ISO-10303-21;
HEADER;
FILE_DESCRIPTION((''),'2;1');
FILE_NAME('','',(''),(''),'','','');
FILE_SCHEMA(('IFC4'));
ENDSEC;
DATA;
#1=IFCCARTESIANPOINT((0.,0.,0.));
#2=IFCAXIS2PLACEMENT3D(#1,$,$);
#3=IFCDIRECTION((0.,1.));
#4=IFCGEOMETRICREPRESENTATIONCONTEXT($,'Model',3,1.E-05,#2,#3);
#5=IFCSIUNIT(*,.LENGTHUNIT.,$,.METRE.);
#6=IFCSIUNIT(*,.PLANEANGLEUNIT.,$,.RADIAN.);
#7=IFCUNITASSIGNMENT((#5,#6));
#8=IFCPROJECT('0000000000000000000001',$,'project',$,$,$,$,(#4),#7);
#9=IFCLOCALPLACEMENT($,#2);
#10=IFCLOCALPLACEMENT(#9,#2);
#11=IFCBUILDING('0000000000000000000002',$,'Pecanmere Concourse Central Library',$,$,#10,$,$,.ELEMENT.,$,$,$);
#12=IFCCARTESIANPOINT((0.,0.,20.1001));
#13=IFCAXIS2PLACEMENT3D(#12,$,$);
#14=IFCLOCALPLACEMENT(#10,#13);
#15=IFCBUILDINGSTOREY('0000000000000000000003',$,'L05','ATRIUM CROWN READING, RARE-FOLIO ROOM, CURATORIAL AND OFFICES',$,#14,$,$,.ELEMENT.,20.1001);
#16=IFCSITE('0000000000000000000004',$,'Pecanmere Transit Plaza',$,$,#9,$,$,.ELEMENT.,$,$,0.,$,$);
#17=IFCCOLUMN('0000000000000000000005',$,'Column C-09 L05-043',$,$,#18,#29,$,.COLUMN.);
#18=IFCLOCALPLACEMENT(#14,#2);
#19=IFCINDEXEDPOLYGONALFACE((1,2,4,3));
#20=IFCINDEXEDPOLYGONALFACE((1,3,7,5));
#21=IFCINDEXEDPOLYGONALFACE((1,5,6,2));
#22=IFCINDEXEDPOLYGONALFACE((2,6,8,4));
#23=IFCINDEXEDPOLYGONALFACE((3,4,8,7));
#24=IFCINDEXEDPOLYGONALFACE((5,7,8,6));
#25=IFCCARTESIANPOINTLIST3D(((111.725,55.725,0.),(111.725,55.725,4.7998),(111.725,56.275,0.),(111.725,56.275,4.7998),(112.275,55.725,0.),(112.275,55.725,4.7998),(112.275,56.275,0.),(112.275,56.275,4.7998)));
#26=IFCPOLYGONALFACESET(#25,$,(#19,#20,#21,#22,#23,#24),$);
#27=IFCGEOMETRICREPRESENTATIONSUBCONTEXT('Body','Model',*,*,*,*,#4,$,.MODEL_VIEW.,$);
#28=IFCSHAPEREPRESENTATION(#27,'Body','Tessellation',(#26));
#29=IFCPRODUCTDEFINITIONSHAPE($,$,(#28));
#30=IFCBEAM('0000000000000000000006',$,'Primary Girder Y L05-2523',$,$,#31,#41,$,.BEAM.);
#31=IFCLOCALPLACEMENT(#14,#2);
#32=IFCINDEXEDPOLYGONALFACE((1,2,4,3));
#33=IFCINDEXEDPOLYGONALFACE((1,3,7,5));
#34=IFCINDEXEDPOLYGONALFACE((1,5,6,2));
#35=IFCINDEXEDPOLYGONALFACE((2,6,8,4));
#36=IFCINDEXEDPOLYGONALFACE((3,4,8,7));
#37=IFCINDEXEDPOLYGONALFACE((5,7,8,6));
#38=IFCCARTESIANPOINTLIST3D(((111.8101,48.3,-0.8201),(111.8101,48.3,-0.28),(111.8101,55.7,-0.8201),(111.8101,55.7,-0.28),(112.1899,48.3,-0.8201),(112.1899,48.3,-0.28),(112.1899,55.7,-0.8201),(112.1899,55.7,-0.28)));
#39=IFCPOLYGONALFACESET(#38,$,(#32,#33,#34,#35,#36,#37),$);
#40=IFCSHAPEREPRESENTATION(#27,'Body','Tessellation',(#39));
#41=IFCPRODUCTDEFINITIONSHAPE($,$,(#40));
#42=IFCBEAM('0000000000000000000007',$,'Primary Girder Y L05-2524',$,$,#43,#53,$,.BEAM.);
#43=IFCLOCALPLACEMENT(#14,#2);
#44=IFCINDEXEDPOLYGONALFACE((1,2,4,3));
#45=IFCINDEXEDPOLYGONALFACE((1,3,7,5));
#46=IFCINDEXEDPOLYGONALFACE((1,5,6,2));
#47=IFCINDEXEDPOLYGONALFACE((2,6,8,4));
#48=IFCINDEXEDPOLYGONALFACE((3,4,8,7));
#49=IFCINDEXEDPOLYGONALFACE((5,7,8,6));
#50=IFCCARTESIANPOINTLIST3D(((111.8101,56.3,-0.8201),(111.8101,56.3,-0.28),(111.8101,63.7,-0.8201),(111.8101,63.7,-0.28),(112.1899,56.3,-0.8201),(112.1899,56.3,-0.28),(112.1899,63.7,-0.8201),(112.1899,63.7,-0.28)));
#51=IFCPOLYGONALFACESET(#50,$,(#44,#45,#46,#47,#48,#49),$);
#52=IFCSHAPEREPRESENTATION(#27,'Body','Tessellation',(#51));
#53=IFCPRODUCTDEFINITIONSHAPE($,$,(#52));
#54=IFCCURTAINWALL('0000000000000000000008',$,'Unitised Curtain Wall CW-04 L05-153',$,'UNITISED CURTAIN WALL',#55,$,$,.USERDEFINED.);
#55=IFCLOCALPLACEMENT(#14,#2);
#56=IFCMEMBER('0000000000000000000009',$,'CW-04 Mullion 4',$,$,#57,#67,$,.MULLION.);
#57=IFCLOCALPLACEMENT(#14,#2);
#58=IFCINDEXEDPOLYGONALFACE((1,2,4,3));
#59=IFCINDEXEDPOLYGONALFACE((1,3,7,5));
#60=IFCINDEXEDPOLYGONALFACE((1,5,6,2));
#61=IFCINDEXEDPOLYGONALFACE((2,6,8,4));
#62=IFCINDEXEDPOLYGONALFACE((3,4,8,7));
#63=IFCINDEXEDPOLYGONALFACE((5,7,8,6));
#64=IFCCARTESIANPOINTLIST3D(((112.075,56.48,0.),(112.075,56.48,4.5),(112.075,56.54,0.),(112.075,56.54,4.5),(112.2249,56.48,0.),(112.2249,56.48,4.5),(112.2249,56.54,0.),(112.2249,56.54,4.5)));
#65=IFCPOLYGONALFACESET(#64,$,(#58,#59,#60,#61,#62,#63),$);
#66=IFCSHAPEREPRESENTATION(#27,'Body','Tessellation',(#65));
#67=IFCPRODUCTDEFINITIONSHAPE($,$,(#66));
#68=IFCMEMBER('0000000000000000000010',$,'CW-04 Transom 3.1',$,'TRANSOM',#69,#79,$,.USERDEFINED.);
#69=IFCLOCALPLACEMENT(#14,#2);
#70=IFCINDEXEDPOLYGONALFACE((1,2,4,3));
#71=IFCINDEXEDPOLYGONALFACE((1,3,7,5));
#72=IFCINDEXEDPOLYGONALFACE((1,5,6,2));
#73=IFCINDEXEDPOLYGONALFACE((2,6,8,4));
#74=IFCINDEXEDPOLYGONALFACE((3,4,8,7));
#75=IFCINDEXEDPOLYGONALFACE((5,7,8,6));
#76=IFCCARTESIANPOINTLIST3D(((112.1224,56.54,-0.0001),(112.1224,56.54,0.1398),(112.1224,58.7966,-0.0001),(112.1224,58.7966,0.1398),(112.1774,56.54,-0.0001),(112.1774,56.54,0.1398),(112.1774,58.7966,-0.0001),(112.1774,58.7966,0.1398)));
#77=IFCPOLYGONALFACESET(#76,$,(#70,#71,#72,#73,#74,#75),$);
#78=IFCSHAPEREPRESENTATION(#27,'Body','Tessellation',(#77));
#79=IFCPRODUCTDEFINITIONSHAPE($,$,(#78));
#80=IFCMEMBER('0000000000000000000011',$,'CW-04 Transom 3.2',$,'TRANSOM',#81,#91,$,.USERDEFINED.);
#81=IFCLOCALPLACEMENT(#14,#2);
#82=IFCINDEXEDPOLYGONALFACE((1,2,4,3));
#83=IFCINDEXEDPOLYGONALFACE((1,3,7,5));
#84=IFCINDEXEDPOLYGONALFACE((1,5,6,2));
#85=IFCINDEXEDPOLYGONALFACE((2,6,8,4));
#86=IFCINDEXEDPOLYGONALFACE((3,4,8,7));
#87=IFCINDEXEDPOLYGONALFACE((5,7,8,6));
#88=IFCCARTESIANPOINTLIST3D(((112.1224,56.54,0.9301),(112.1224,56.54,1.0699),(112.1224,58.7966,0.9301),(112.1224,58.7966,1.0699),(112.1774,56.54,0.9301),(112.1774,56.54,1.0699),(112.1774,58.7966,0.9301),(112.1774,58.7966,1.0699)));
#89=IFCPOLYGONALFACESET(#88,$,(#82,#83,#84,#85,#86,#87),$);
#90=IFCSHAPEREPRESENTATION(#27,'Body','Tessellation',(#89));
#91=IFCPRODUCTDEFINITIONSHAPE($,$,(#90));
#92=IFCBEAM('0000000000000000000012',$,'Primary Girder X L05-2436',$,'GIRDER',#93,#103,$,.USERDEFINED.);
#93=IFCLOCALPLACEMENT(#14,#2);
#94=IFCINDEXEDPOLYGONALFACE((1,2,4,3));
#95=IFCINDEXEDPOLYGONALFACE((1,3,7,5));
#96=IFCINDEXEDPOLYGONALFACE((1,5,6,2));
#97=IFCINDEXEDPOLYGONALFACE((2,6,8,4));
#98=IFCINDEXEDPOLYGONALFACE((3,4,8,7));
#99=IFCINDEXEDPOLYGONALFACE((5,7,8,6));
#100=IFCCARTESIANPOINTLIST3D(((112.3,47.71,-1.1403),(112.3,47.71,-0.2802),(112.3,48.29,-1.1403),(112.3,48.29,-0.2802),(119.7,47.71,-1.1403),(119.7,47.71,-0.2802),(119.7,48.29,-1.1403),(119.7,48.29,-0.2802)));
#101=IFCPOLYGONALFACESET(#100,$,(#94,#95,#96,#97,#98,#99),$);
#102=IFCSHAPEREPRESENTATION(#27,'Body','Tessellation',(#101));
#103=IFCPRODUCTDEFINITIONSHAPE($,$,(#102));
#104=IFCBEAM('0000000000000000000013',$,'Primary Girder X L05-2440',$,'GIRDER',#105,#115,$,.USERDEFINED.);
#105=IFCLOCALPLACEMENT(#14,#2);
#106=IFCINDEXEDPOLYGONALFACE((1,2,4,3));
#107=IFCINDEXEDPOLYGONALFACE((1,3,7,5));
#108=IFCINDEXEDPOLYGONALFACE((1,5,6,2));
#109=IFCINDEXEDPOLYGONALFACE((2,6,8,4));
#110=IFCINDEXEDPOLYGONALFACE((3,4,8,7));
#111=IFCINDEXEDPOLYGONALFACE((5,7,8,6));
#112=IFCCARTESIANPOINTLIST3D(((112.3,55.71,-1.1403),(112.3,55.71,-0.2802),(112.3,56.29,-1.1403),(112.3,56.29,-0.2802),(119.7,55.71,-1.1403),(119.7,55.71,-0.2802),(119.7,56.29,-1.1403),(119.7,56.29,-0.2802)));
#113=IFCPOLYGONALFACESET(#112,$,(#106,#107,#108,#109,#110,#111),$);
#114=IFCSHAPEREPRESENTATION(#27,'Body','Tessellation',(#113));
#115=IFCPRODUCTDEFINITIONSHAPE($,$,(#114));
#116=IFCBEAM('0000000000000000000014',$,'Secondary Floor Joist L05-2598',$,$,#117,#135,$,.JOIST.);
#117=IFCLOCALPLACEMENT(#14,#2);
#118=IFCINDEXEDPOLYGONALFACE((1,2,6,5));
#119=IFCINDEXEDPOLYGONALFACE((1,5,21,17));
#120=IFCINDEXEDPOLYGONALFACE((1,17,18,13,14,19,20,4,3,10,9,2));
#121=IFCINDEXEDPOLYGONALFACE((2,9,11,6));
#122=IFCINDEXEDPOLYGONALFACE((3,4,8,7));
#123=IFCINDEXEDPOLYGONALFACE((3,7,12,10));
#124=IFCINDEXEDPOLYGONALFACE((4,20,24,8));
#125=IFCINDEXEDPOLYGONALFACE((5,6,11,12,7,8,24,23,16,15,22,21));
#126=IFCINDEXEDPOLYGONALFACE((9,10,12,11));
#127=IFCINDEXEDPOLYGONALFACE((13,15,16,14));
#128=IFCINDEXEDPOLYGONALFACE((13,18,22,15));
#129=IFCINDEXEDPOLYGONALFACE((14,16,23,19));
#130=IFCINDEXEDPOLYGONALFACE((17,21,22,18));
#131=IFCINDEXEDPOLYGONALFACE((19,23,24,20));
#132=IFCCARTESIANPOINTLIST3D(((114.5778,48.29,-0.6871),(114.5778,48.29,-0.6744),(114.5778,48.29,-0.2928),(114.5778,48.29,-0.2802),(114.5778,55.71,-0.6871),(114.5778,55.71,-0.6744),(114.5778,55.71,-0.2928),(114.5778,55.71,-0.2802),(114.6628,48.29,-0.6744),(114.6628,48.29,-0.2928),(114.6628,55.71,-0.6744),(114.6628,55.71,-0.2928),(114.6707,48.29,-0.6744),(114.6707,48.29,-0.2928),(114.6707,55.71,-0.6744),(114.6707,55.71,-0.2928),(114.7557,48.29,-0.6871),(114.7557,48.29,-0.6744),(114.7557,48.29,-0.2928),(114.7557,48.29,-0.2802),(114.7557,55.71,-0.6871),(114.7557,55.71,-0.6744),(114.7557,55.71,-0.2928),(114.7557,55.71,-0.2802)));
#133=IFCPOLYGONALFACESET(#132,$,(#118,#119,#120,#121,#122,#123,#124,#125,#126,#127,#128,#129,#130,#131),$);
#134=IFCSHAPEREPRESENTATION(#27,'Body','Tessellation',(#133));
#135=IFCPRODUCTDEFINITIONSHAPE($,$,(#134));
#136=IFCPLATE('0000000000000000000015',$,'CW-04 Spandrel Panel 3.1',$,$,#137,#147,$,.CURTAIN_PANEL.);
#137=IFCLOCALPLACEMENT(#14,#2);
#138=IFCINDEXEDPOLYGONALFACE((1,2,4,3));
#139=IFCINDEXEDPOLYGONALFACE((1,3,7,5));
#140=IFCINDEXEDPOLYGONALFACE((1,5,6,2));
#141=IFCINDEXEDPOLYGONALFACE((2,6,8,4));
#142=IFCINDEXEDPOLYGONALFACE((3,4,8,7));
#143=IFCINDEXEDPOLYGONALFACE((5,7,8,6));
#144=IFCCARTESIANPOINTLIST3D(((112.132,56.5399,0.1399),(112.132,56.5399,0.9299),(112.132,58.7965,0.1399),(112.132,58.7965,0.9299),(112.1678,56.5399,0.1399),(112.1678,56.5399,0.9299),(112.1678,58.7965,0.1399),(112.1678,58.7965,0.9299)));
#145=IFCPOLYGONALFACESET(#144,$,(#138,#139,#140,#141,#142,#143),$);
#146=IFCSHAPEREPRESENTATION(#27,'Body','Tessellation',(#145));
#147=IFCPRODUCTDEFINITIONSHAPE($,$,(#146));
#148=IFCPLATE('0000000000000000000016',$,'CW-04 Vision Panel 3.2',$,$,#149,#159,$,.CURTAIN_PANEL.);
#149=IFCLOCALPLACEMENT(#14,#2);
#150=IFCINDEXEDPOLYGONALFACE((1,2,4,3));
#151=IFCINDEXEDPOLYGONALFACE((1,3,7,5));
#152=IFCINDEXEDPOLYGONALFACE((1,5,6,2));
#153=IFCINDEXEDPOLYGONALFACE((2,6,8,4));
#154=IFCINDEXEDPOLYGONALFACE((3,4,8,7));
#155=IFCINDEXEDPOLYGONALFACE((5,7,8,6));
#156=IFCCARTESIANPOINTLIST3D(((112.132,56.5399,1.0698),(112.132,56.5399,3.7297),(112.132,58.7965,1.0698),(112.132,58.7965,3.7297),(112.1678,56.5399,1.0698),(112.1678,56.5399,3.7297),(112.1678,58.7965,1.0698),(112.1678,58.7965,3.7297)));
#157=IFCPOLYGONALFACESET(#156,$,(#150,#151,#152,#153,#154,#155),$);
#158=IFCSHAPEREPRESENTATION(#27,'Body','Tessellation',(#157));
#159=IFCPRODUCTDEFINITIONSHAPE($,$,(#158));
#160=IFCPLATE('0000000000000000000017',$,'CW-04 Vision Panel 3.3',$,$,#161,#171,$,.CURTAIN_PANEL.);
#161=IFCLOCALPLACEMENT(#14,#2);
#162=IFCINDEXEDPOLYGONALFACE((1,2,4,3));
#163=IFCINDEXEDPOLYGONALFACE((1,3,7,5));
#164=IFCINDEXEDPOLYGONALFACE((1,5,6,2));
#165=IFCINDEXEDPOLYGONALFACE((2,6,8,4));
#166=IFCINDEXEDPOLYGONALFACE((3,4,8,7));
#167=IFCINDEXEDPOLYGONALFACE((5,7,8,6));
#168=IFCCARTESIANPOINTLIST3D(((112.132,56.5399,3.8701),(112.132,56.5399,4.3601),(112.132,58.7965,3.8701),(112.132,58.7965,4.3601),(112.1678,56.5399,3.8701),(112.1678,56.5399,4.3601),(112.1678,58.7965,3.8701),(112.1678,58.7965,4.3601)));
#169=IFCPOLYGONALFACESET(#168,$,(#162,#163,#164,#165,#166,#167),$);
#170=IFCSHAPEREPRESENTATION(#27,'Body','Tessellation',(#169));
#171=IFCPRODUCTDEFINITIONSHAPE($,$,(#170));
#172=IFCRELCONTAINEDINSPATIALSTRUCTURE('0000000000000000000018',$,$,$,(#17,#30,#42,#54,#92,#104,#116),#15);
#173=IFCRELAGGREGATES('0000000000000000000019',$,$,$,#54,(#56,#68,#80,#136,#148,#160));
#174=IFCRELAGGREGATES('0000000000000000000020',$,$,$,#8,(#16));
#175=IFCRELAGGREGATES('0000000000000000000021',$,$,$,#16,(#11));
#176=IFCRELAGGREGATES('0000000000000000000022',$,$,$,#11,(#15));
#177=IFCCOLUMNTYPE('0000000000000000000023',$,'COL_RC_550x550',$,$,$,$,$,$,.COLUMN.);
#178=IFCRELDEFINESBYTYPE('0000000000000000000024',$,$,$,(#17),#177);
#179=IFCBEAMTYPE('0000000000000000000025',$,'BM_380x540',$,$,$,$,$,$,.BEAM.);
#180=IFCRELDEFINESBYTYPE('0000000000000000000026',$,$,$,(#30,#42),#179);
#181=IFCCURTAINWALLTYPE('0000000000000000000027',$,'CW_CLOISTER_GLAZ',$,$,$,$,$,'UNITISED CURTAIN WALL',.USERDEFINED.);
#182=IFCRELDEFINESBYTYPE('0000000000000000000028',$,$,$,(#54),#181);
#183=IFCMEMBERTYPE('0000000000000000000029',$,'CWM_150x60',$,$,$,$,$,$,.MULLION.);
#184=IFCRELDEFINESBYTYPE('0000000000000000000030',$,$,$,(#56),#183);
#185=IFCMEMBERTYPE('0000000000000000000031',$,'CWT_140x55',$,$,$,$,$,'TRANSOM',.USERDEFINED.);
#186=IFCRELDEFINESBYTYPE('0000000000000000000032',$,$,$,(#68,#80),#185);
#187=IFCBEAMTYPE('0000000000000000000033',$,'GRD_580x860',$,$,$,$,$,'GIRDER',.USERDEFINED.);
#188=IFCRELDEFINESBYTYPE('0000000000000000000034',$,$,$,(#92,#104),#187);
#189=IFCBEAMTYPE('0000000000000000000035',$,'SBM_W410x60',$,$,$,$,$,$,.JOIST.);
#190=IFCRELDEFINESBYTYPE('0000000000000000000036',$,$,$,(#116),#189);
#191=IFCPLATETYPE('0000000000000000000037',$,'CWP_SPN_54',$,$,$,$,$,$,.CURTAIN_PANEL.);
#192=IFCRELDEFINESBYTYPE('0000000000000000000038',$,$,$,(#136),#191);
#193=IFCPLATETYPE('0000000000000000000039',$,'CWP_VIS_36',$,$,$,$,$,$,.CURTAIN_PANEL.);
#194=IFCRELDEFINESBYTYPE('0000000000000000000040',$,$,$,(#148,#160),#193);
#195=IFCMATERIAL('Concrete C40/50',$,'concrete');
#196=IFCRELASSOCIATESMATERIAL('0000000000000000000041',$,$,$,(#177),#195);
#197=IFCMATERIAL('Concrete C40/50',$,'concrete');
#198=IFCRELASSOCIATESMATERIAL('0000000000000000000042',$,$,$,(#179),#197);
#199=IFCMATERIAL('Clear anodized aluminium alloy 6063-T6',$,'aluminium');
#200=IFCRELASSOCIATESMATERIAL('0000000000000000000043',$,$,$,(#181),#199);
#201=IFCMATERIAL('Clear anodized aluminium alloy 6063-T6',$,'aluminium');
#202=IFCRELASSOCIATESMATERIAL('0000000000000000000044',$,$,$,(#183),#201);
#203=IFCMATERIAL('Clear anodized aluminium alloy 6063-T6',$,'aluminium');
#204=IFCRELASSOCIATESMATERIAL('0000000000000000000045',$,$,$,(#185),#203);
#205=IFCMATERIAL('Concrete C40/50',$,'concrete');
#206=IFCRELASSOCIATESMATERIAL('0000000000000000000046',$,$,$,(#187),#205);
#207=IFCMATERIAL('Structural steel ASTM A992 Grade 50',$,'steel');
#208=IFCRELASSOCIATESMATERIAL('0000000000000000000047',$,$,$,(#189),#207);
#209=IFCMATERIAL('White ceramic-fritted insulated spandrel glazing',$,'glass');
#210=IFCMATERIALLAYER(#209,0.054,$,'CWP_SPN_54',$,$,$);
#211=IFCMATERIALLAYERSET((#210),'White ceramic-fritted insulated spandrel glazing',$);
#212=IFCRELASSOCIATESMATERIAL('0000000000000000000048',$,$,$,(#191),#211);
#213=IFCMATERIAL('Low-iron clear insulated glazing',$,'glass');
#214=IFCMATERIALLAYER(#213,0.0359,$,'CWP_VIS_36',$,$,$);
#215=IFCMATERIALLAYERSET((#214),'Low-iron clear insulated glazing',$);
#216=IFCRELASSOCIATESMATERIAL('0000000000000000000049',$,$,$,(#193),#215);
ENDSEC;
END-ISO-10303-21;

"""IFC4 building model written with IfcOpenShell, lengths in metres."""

from ifc_helpers import new_model, si_unit, direction, frame, origin, origin_2d, place, context, subcontext, project, spatial, rectangle, i_section, extrude, material, layer, layer_set, material_profile, profile_set, type_object, element, aggregate, save


model = new_model("IFC4")

# Units and contexts
model_context = context("Model", 3, precision=1e-05, world=origin(), true_north=direction((0.0, 1.0)))
body_context = subcontext(model_context, "Body", "Model", "MODEL_VIEW")
ifc_project = project(units=[si_unit("LENGTHUNIT", "METRE"), si_unit("PLANEANGLEUNIT", "RADIAN")], contexts=[model_context])

# Site, building, storey
site_placement = place(None, origin())
site = spatial("IfcSite", under=ifc_project, at=site_placement, Name="Pecanmere Transit Plaza", CompositionType="ELEMENT", RefElevation=0.0)
building_placement = place(site_placement, origin())
building = spatial("IfcBuilding", under=site, at=building_placement, Name="Pecanmere Concourse Central Library", CompositionType="ELEMENT")
storey_placement = place(building_placement, frame((0.0, 0.0, 20.1001)))
storey = spatial("IfcBuildingStorey", under=building, at=storey_placement, Name="L05", Description="ATRIUM CROWN READING, RARE-FOLIO ROOM, CURATORIAL AND OFFICES", CompositionType="ELEMENT", Elevation=20.1001)

# Column
ifc_material_1 = material(Name="Concrete C40/50", Category="concrete")
ifc_material_profile_1 = material_profile(ifc_material_1, rectangle(XDim=0.55, YDim=0.55, at=origin_2d()), Name="RC 550x550")
ifc_profile_set_1 = profile_set([ifc_material_profile_1], Name="Concrete C40/50")
column_type = type_object("IfcColumnType", Name="COL_RC_550x550", PredefinedType="COLUMN", material=ifc_profile_set_1)
column_placement = place(storey_placement, frame((112.0, 56.0, 0.0), z_axis=(0.0, 0.0, 1.0), x_axis=(1.0, 0.0, 0.0)))
element("IfcColumn", 1, at=column_placement, inside=storey, type_object=column_type, Name="Column C-09 L05-043", PredefinedType="COLUMN", context=body_context, shape_type="SweptSolid", body=[
    extrude(rectangle(XDim=0.55, YDim=0.55, at=origin_2d()), origin(), (0.0, 0.0, 1.0), 4.7998),
])

# Beams
ifc_material_2 = material(Name="Concrete C40/50", Category="concrete")
ifc_material_profile_2 = material_profile(ifc_material_2, rectangle(XDim=0.3799, YDim=0.54, at=origin_2d()), Name="RC 380x540")
ifc_profile_set_2 = profile_set([ifc_material_profile_2], Name="Concrete C40/50")
beam_type_1 = type_object("IfcBeamType", Name="BM_380x540", PredefinedType="BEAM", material=ifc_profile_set_2)
for number, where, z_axis, x_axis, name in (
    (2, (112.0, 48.3, -0.55), (0.0, 1.0, 0.0), (-1.0, 0.0, 0.0), "Primary Girder Y L05-2523"),
    (3, (112.0, 56.3, -0.55), (0.0, 1.0, 0.0), (-1.0, 0.0, 0.0), "Primary Girder Y L05-2524"),
):
    element("IfcBeam", number, at=place(storey_placement, frame(where, z_axis=z_axis, x_axis=x_axis)), inside=storey, type_object=beam_type_1, Name=name, PredefinedType="BEAM", context=body_context, shape_type="SweptSolid", body=[
        extrude(rectangle(XDim=0.3799, YDim=0.54, at=origin_2d()), origin(), (0.0, 0.0, 1.0), 7.3999),
    ])

# Curtain wall, members
ifc_material_3 = material(Name="Clear anodized aluminium alloy 6063-T6", Category="aluminium")
curtain_wall_type = type_object("IfcCurtainWallType", Name="CW_CLOISTER_GLAZ", ElementType="UNITISED CURTAIN WALL", PredefinedType="USERDEFINED", material=ifc_material_3)
curtain_wall_placement = place(storey_placement, origin())
curtain_wall = element("IfcCurtainWall", 4, at=curtain_wall_placement, inside=storey, type_object=curtain_wall_type, Name="Unitised Curtain Wall CW-04 L05-153", ObjectType="UNITISED CURTAIN WALL", PredefinedType="USERDEFINED")
ifc_material_4 = material(Name="Clear anodized aluminium alloy 6063-T6", Category="aluminium")
ifc_material_profile_3 = material_profile(ifc_material_4, rectangle(XDim=0.0601, YDim=0.1499, at=origin_2d()), Name="AL 60x150")
ifc_profile_set_3 = profile_set([ifc_material_profile_3], Name="Clear anodized aluminium alloy 6063-T6")
member_type_1 = type_object("IfcMemberType", Name="CWM_150x60", PredefinedType="MULLION", material=ifc_profile_set_3)
member_1_placement = place(storey_placement, frame((112.1499, 56.51, 0.0), z_axis=(0.0, 0.0, 1.0), x_axis=(0.0, -1.0, 0.0)))
member_1 = element("IfcMember", 5, at=member_1_placement, type_object=member_type_1, Name="CW-04 Mullion 4", PredefinedType="MULLION", context=body_context, shape_type="SweptSolid", body=[
    extrude(rectangle(XDim=0.0601, YDim=0.1499, at=origin_2d()), origin(), (0.0, 0.0, 1.0), 4.5),
])
ifc_material_5 = material(Name="Clear anodized aluminium alloy 6063-T6", Category="aluminium")
ifc_material_profile_4 = material_profile(ifc_material_5, rectangle(XDim=0.0549, YDim=0.1399, at=origin_2d()), Name="AL 55x140")
ifc_profile_set_4 = profile_set([ifc_material_profile_4], Name="Clear anodized aluminium alloy 6063-T6")
member_type_2 = type_object("IfcMemberType", Name="CWT_140x55", ElementType="TRANSOM", PredefinedType="USERDEFINED", material=ifc_profile_set_4)
member_2_placement = place(storey_placement, frame((112.1499, 58.7966, 0.0698), z_axis=(0.0, -1.0, 0.0), x_axis=(1.0, 0.0, 0.0)))
member_2 = element("IfcMember", 6, at=member_2_placement, type_object=member_type_2, Name="CW-04 Transom 3.1", ObjectType="TRANSOM", PredefinedType="USERDEFINED", context=body_context, shape_type="SweptSolid", body=[
    extrude(rectangle(XDim=0.0549, YDim=0.1399, at=origin_2d()), origin(), (0.0, 0.0, 1.0), 2.2566),
])
member_3_placement = place(storey_placement, frame((112.1499, 58.7966, 1.0), z_axis=(0.0, -1.0, 0.0), x_axis=(1.0, 0.0, 0.0)))
member_3 = element("IfcMember", 7, at=member_3_placement, type_object=member_type_2, Name="CW-04 Transom 3.2", ObjectType="TRANSOM", PredefinedType="USERDEFINED", context=body_context, shape_type="SweptSolid", body=[
    extrude(rectangle(XDim=0.0549, YDim=0.1399, at=origin_2d()), origin(), (0.0, 0.0, 1.0), 2.2566),
])

# Beams
ifc_material_6 = material(Name="Concrete C40/50", Category="concrete")
ifc_material_profile_5 = material_profile(ifc_material_6, rectangle(XDim=0.5801, YDim=0.8601, at=origin_2d()), Name="RC 580x860")
ifc_profile_set_5 = profile_set([ifc_material_profile_5], Name="Concrete C40/50")
beam_type_2 = type_object("IfcBeamType", Name="GRD_580x860", ElementType="GIRDER", PredefinedType="USERDEFINED", material=ifc_profile_set_5)
for number, where, z_axis, x_axis, name in (
    (8, (112.3, 48.0, -0.7102), (1.0, 0.0, 0.0), (0.0, 1.0, 0.0), "Primary Girder X L05-2436"),
    (9, (112.3, 56.0, -0.7102), (1.0, 0.0, 0.0), (0.0, 1.0, 0.0), "Primary Girder X L05-2440"),
):
    element("IfcBeam", number, at=place(storey_placement, frame(where, z_axis=z_axis, x_axis=x_axis)), inside=storey, type_object=beam_type_2, Name=name, ObjectType="GIRDER", PredefinedType="USERDEFINED", context=body_context, shape_type="SweptSolid", body=[
        extrude(rectangle(XDim=0.5801, YDim=0.8601, at=origin_2d()), origin(), (0.0, 0.0, 1.0), 7.3999),
    ])
ifc_material_7 = material(Name="Structural steel ASTM A992 Grade 50", Category="steel")
ifc_material_profile_6 = material_profile(ifc_material_7, i_section(OverallWidth=0.178, OverallDepth=0.407, WebThickness=0.0078, FlangeThickness=0.0127, at=origin_2d()), Name="W410x60")
ifc_profile_set_6 = profile_set([ifc_material_profile_6], Name="Structural steel ASTM A992 Grade 50")
beam_type_3 = type_object("IfcBeamType", Name="SBM_W410x60", PredefinedType="JOIST", material=ifc_profile_set_6)
beam_placement = place(storey_placement, frame((114.6667, 48.29, -0.4836), z_axis=(0.0, 1.0, 0.0), x_axis=(-1.0, 0.0, 0.0)))
element("IfcBeam", 10, at=beam_placement, inside=storey, type_object=beam_type_3, Name="Secondary Floor Joist L05-2598", PredefinedType="JOIST", context=body_context, shape_type="SweptSolid", body=[
    extrude(i_section(OverallWidth=0.178, OverallDepth=0.407, WebThickness=0.0078, FlangeThickness=0.0127, at=origin_2d()), origin(), (0.0, 0.0, 1.0), 7.4199),
])

# Plates
ifc_material_8 = material(Name="White ceramic-fritted insulated spandrel glazing", Category="glass")
ifc_layer_1 = layer(ifc_material_8, 0.054, Name="CWP_SPN_54")
ifc_layer_set_1 = layer_set([ifc_layer_1], Name="White ceramic-fritted insulated spandrel glazing")
plate_type_1 = type_object("IfcPlateType", Name="CWP_SPN_54", PredefinedType="CURTAIN_PANEL", material=ifc_layer_set_1)
plate_1_placement = place(storey_placement, frame((112.1499, 57.6682, 0.1399), z_axis=(0.0, 0.0, 1.0), x_axis=(0.0, -1.0, 0.0)))
plate_1 = element("IfcPlate", 11, at=plate_1_placement, type_object=plate_type_1, Name="CW-04 Spandrel Panel 3.1", PredefinedType="CURTAIN_PANEL", context=body_context, shape_type="SweptSolid", body=[
    extrude(rectangle(XDim=2.2566, YDim=0.0359, at=origin_2d()), origin(), (0.0, 0.0, 1.0), 0.79),
])
ifc_material_9 = material(Name="Low-iron clear insulated glazing", Category="glass")
ifc_layer_2 = layer(ifc_material_9, 0.0359, Name="CWP_VIS_36")
ifc_layer_set_2 = layer_set([ifc_layer_2], Name="Low-iron clear insulated glazing")
plate_type_2 = type_object("IfcPlateType", Name="CWP_VIS_36", PredefinedType="CURTAIN_PANEL", material=ifc_layer_set_2)
plate_2_placement = place(storey_placement, frame((112.1499, 57.6682, 1.0698), z_axis=(0.0, 0.0, 1.0), x_axis=(0.0, -1.0, 0.0)))
plate_2 = element("IfcPlate", 12, at=plate_2_placement, type_object=plate_type_2, Name="CW-04 Vision Panel 3.2", PredefinedType="CURTAIN_PANEL", context=body_context, shape_type="SweptSolid", body=[
    extrude(rectangle(XDim=2.2566, YDim=0.0359, at=origin_2d()), origin(), (0.0, 0.0, 1.0), 2.6599),
])
plate_3_placement = place(storey_placement, frame((112.1499, 57.6682, 3.8701), z_axis=(0.0, 0.0, 1.0), x_axis=(0.0, -1.0, 0.0)))
plate_3 = element("IfcPlate", 13, at=plate_3_placement, type_object=plate_type_2, Name="CW-04 Vision Panel 3.3", PredefinedType="CURTAIN_PANEL", context=body_context, shape_type="SweptSolid", body=[
    extrude(rectangle(XDim=2.2566, YDim=0.0359, at=origin_2d()), origin(), (0.0, 0.0, 1.0), 0.49),
])
aggregate(curtain_wall, [member_1, member_2, member_3, plate_1, plate_2, plate_3])

save(model, "model.ifc")
